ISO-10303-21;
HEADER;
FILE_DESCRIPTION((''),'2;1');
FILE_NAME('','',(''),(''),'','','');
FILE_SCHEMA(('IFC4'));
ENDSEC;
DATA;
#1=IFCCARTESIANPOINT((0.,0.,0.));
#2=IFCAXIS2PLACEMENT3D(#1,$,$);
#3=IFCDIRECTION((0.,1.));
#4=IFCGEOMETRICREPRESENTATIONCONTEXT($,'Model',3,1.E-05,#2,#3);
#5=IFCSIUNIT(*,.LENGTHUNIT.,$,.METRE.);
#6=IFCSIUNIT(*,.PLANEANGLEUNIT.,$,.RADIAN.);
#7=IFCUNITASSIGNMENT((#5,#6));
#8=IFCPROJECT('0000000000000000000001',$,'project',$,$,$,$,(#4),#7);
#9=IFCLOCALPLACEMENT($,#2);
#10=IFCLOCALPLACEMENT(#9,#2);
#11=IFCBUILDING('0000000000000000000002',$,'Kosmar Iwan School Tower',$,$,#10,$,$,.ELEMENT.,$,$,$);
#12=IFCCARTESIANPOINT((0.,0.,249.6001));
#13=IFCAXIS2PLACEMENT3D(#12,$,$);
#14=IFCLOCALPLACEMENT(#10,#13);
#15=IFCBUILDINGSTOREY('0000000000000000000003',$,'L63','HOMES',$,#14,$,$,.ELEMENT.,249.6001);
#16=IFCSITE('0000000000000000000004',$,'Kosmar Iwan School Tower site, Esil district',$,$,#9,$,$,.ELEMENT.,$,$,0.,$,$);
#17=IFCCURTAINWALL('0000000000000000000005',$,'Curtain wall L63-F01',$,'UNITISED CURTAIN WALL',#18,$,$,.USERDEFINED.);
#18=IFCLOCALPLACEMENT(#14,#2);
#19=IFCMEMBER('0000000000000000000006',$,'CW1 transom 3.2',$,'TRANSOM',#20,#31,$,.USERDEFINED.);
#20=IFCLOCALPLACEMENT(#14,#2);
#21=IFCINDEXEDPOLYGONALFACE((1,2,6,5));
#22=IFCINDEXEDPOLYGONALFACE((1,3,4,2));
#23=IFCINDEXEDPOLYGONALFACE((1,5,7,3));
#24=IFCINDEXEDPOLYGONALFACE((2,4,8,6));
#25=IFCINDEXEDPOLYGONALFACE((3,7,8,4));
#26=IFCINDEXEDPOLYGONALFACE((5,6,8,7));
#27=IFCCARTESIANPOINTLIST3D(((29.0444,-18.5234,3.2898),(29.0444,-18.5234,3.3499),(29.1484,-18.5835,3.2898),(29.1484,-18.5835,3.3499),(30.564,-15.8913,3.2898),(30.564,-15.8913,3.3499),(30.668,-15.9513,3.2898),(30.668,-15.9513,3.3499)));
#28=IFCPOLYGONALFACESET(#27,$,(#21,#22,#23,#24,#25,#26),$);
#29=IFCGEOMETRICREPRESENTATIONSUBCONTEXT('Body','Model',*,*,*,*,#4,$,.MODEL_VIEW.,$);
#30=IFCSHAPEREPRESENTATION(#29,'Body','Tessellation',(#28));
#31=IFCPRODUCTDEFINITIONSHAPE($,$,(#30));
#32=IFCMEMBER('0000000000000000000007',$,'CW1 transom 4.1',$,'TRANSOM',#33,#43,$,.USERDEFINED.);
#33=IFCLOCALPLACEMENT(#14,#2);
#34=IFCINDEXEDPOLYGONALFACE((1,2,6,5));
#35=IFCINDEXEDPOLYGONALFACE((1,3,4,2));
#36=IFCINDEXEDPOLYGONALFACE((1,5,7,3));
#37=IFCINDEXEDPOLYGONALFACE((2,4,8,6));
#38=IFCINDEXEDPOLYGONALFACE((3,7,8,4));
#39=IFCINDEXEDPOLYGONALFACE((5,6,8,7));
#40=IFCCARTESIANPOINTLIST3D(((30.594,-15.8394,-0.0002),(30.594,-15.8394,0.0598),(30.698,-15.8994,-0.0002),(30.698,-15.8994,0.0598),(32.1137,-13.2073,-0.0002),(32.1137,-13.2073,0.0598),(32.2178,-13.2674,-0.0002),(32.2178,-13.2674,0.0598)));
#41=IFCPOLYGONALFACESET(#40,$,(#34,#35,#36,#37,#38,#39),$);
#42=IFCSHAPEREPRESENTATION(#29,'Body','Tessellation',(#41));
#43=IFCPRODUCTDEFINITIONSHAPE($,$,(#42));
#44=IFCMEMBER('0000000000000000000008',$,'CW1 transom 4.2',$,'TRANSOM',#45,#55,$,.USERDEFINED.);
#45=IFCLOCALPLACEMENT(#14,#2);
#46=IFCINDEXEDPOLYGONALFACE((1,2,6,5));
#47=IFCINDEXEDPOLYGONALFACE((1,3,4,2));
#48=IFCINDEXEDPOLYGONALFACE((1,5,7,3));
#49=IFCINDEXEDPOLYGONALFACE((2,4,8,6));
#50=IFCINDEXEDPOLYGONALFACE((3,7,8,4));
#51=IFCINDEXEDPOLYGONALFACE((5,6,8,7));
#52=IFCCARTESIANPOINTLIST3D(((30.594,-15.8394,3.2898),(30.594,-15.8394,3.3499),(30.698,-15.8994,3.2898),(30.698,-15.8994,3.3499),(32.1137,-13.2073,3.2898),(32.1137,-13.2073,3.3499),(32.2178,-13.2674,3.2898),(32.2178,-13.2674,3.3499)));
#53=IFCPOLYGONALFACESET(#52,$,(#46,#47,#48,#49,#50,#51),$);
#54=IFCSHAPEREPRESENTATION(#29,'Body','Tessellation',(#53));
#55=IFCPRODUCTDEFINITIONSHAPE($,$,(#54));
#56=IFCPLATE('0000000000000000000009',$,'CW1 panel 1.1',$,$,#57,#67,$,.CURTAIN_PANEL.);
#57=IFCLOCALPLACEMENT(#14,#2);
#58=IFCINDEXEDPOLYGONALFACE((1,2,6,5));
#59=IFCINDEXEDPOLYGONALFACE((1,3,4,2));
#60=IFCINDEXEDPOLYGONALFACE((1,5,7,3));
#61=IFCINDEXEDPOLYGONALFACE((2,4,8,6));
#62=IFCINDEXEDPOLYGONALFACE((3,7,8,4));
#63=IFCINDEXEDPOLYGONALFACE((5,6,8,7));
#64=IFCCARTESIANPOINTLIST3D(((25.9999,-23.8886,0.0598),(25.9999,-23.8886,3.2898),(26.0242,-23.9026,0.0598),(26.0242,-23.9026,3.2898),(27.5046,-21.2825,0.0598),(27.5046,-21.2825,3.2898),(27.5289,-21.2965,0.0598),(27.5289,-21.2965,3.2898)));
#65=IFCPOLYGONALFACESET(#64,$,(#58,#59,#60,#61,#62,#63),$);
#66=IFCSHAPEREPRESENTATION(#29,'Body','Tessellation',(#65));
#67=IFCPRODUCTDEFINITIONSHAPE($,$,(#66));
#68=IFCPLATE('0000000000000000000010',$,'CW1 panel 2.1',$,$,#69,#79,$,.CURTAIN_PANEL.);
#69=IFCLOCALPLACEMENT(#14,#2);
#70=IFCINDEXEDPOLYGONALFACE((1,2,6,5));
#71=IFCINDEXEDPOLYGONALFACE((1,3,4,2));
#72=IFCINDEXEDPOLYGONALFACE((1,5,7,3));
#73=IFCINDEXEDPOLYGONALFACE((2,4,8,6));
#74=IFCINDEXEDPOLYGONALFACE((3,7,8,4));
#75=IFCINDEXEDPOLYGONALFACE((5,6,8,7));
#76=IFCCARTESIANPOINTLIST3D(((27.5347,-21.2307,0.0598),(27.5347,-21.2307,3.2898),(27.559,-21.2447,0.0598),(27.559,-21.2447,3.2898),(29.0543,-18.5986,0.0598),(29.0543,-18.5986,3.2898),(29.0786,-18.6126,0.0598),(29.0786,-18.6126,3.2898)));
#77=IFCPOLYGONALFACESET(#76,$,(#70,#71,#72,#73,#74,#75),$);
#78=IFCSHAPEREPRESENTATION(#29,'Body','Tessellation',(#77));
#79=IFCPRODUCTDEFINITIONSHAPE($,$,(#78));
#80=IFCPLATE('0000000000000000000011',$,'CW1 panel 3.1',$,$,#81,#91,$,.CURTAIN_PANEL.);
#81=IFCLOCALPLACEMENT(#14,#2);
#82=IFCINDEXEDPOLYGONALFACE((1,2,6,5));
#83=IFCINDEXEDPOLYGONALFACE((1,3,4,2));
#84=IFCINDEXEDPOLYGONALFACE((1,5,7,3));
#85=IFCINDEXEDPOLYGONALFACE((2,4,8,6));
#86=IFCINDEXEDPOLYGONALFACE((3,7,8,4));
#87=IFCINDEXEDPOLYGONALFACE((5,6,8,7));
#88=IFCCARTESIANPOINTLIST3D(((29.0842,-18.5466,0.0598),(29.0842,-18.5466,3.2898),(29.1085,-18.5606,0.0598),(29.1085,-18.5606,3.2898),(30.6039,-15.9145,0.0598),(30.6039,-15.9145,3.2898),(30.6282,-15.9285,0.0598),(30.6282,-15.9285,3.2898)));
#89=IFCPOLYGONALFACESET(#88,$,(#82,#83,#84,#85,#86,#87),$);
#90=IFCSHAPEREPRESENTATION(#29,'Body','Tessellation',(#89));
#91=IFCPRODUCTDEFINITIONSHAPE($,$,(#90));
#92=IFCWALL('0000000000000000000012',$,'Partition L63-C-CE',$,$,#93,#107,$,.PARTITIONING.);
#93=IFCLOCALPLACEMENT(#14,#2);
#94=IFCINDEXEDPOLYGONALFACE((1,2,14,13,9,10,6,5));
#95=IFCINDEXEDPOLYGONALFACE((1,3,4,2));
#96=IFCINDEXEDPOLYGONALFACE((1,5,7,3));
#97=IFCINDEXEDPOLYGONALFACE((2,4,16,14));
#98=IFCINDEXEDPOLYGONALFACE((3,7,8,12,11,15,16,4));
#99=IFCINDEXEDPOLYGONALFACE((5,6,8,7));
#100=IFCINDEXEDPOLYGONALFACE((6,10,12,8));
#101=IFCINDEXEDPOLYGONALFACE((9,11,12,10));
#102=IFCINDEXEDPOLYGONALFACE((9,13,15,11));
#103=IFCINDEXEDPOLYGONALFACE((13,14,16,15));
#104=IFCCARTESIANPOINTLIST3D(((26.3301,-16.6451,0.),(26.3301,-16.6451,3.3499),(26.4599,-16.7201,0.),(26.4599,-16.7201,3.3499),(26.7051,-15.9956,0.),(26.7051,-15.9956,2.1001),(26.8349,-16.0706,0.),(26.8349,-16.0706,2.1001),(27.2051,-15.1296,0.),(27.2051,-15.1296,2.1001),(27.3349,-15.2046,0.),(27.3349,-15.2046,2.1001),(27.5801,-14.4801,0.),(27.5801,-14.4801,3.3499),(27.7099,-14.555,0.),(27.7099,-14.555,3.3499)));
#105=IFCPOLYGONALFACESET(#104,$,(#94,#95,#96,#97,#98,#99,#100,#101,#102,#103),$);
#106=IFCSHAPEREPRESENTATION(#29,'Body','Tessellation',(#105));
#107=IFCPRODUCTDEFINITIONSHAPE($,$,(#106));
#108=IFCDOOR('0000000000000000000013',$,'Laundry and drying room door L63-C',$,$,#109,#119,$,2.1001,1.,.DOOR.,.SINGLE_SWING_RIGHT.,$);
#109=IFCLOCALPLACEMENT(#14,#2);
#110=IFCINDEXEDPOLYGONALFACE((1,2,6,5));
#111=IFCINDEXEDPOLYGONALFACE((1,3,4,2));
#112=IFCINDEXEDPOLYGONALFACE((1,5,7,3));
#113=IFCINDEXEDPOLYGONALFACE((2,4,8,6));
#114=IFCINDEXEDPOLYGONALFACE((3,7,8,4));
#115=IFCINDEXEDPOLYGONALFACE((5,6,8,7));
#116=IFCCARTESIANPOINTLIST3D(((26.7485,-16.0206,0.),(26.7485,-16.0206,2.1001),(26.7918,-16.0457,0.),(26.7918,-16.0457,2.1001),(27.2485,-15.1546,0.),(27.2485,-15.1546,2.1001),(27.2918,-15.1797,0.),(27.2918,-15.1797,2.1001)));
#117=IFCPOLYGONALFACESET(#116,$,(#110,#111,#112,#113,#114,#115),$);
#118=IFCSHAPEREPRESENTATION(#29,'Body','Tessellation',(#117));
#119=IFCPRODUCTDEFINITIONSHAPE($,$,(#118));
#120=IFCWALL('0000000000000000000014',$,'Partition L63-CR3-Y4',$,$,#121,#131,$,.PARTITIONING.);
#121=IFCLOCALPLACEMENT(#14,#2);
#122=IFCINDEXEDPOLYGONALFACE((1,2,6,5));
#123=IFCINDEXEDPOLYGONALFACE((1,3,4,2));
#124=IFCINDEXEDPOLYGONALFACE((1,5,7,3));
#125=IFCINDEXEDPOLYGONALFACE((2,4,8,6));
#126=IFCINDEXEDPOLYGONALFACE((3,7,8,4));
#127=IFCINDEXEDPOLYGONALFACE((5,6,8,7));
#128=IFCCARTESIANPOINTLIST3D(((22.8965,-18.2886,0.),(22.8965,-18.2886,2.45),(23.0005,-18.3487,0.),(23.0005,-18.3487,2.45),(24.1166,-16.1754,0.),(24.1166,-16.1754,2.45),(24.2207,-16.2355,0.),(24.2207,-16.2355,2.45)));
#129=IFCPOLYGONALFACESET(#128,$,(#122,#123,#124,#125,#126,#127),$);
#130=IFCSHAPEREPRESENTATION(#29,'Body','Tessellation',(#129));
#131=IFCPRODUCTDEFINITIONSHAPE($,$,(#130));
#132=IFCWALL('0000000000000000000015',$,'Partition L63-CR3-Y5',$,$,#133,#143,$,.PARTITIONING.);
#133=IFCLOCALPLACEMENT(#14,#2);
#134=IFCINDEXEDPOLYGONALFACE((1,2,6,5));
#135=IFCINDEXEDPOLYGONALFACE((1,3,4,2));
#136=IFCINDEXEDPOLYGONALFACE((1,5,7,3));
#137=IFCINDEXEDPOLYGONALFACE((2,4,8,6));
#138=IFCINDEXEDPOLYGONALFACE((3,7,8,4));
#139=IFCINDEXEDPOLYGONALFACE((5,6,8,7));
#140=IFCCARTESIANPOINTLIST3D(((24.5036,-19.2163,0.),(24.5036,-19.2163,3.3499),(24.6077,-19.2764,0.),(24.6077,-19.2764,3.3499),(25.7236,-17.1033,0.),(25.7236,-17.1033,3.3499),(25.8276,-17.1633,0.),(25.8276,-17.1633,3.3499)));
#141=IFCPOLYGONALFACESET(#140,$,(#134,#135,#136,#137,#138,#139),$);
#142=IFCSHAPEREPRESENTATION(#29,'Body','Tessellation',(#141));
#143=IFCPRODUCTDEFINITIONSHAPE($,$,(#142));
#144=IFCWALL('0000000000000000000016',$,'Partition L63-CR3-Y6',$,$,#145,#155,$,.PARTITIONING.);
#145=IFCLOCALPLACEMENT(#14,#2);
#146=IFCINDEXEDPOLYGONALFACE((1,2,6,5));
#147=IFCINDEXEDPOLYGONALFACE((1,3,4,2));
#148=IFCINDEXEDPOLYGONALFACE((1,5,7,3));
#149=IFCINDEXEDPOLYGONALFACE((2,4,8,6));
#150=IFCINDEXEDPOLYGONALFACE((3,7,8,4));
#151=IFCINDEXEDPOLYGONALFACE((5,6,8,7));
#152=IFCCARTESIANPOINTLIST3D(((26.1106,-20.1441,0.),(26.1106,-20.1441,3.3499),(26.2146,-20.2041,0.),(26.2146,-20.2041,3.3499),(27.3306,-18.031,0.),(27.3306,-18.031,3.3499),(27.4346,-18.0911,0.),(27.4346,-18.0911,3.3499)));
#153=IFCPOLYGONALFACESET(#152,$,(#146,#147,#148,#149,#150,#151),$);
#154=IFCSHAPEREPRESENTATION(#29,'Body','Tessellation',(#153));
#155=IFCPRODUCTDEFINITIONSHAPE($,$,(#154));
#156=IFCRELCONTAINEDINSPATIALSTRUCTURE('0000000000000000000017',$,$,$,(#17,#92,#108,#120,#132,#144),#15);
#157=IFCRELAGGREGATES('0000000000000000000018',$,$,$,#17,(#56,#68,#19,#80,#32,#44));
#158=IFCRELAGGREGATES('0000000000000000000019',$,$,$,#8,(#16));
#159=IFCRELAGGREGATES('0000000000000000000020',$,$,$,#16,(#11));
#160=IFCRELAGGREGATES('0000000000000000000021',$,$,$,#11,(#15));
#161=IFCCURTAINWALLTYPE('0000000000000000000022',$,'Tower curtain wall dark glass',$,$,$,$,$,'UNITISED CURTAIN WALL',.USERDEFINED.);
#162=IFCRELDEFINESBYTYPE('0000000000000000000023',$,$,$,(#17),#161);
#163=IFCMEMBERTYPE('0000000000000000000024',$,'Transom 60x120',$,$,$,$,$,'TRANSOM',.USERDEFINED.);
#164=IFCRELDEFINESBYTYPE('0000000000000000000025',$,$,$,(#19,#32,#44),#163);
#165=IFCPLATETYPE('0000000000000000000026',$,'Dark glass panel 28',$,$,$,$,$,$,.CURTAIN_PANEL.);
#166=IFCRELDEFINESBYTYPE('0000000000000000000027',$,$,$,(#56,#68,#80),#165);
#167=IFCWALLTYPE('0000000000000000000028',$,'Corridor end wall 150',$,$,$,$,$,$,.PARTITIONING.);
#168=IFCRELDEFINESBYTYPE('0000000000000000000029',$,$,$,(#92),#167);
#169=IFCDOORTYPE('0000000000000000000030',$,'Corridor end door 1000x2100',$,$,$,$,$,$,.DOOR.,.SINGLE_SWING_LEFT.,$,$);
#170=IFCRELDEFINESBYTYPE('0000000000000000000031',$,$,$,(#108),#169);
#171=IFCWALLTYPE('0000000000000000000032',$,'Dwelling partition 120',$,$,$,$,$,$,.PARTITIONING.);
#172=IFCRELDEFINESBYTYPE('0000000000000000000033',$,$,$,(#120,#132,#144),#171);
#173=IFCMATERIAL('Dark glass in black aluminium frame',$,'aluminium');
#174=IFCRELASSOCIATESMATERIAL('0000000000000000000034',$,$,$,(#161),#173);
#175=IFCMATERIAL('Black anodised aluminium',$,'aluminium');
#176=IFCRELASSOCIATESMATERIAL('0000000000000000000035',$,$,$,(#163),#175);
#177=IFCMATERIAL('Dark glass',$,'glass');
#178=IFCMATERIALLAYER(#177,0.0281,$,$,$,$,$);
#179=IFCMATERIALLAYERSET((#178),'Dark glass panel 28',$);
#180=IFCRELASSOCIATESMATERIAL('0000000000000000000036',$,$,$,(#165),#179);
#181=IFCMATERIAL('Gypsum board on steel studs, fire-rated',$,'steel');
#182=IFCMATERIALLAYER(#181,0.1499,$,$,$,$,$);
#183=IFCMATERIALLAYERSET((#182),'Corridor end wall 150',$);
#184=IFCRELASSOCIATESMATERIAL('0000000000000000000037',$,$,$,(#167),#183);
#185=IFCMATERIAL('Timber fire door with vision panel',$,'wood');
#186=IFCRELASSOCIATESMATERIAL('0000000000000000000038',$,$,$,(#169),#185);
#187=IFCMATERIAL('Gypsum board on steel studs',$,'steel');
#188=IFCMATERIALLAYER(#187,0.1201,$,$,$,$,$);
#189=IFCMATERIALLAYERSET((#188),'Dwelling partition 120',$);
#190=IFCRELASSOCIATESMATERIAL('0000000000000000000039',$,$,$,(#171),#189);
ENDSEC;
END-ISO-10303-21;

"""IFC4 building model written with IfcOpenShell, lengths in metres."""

from ifc_helpers import new_model, si_unit, direction, frame, frame_2d, origin, origin_2d, place, context, subcontext, project, spatial, rectangle, extrude, material, layer, layer_set, material_profile, profile_set, type_object, element, fill, aggregate, save


model = new_model("IFC4")

# Units and contexts
model_context = context("Model", 3, precision=1e-05, world=origin(), true_north=direction((0.0, 1.0)))
body_context = subcontext(model_context, "Body", "Model", "MODEL_VIEW")
ifc_project = project(units=[si_unit("LENGTHUNIT", "METRE"), si_unit("PLANEANGLEUNIT", "RADIAN")], contexts=[model_context])

# Site, building, storey
site_placement = place(None, origin())
site = spatial("IfcSite", under=ifc_project, at=site_placement, Name="Kosmar Iwan School Tower site, Esil district", CompositionType="ELEMENT", RefElevation=0.0)
building_placement = place(site_placement, origin())
building = spatial("IfcBuilding", under=site, at=building_placement, Name="Kosmar Iwan School Tower", CompositionType="ELEMENT")
storey_placement = place(building_placement, frame((0.0, 0.0, 249.6001)))
storey = spatial("IfcBuildingStorey", under=building, at=storey_placement, Name="L63", Description="HOMES", CompositionType="ELEMENT", Elevation=249.6001)

# Curtain wall
ifc_material_1 = material(Name="Dark glass in black aluminium frame", Category="aluminium")
curtain_wall_type_1 = type_object("IfcCurtainWallType", Name="Tower curtain wall dark glass", ElementType="UNITISED CURTAIN WALL", PredefinedType="USERDEFINED", material=ifc_material_1)
curtain_wall_1_placement = place(storey_placement, origin())
curtain_wall_1 = element("IfcCurtainWall", 1, at=curtain_wall_1_placement, inside=storey, type_object=curtain_wall_type_1, Name="Curtain wall L63-F01", ObjectType="UNITISED CURTAIN WALL", PredefinedType="USERDEFINED")

# Members
ifc_material_2 = material(Name="Black anodised aluminium", Category="aluminium")
ifc_material_profile_1 = material_profile(ifc_material_2, rectangle(XDim=0.1201, YDim=0.0601, at=origin_2d()), Name="TRANSOM 60x120")
ifc_profile_set_1 = profile_set([ifc_material_profile_1], Name="Black anodised aluminium")
member_type_1 = type_object("IfcMemberType", Name="Transom 60x120", ElementType="TRANSOM", PredefinedType="USERDEFINED", material=ifc_profile_set_1)
member_1_placement = place(storey_placement, frame((29.0964, -18.5535, 3.3198), z_axis=(0.499975, 0.86604, 0.0), x_axis=(-0.86604, 0.499975, 0.0)))
member_1 = element("IfcMember", 2, at=member_1_placement, type_object=member_type_1, Name="CW1 transom 3.2", ObjectType="TRANSOM", PredefinedType="USERDEFINED", context=body_context, shape_type="SweptSolid", body=[
    extrude(rectangle(XDim=0.1201, YDim=0.0601, at=origin_2d()), origin(), (0.0, 0.0, 1.0), 3.0393),
])
member_2_placement = place(storey_placement, frame((30.646, -15.8694, 0.0298), z_axis=(0.500035, 0.866005, 0.0), x_axis=(-0.866005, 0.500035, 0.0)))
member_2 = element("IfcMember", 3, at=member_2_placement, type_object=member_type_1, Name="CW1 transom 4.1", ObjectType="TRANSOM", PredefinedType="USERDEFINED", context=body_context, shape_type="SweptSolid", body=[
    extrude(rectangle(XDim=0.1201, YDim=0.0601, at=origin_2d()), origin(), (0.0, 0.0, 1.0), 3.0393),
])
member_3_placement = place(storey_placement, frame((30.646, -15.8694, 3.3198), z_axis=(0.500035, 0.866005, 0.0), x_axis=(-0.866005, 0.500035, 0.0)))
member_3 = element("IfcMember", 4, at=member_3_placement, type_object=member_type_1, Name="CW1 transom 4.2", ObjectType="TRANSOM", PredefinedType="USERDEFINED", context=body_context, shape_type="SweptSolid", body=[
    extrude(rectangle(XDim=0.1201, YDim=0.0601, at=origin_2d()), origin(), (0.0, 0.0, 1.0), 3.0393),
])

# Plates
ifc_material_3 = material(Name="Dark glass", Category="glass")
ifc_layer_1 = layer(ifc_material_3, 0.0281)
ifc_layer_set_1 = layer_set([ifc_layer_1], Name="Dark glass panel 28")
plate_type = type_object("IfcPlateType", Name="Dark glass panel 28", PredefinedType="CURTAIN_PANEL", material=ifc_layer_set_1)
plate_1_placement = place(storey_placement, frame((26.7644, -22.5925, 0.0598), z_axis=(0.0, 0.0, 1.0), x_axis=(0.5, 0.866025, 0.0)))
plate_1 = element("IfcPlate", 5, at=plate_1_placement, type_object=plate_type, Name="CW1 panel 1.1", PredefinedType="CURTAIN_PANEL", context=body_context, shape_type="SweptSolid", body=[
    extrude(rectangle(XDim=3.0093, YDim=0.0281, at=origin_2d()), origin(), (0.0, 0.0, 1.0), 3.23),
])
plate_2_placement = place(storey_placement, frame((28.3066, -19.9216, 0.0598), z_axis=(0.0, 0.0, 1.0), x_axis=(0.5, 0.866025, 0.0)))
plate_2 = element("IfcPlate", 6, at=plate_2_placement, type_object=plate_type, Name="CW1 panel 2.1", PredefinedType="CURTAIN_PANEL", context=body_context, shape_type="SweptSolid", body=[
    extrude(rectangle(XDim=3.0393, YDim=0.0281, at=origin_2d()), origin(), (0.0, 0.0, 1.0), 3.23),
])
plate_3_placement = place(storey_placement, frame((29.8562, -17.2375, 0.0598), z_axis=(0.0, 0.0, 1.0), x_axis=(0.5, 0.866025, 0.0)))
plate_3 = element("IfcPlate", 7, at=plate_3_placement, type_object=plate_type, Name="CW1 panel 3.1", PredefinedType="CURTAIN_PANEL", context=body_context, shape_type="SweptSolid", body=[
    extrude(rectangle(XDim=3.0393, YDim=0.0281, at=origin_2d()), origin(), (0.0, 0.0, 1.0), 3.23),
])
aggregate(curtain_wall_1, [plate_1, plate_2, member_1, plate_3, member_2, member_3])

# Wall, opening, door
ifc_material_4 = material(Name="Gypsum board on steel studs, fire-rated", Category="steel")
ifc_layer_2 = layer(ifc_material_4, 0.1499)
ifc_layer_set_2 = layer_set([ifc_layer_2], Name="Corridor end wall 150")
wall_type_1 = type_object("IfcWallType", Name="Corridor end wall 150", PredefinedType="PARTITIONING", material=ifc_layer_set_2)
wall_1_placement = place(storey_placement, frame((26.395, -16.6826, 0.0), z_axis=(0.0, 0.0, 1.0), x_axis=(0.500004, 0.866023, 0.0)))
wall_1 = element("IfcWall", 8, at=wall_1_placement, inside=storey, type_object=wall_type_1, Name="Partition L63-C-CE", PredefinedType="PARTITIONING", context=body_context, shape_type="SweptSolid", body=[
    extrude(rectangle(XDim=2.5, YDim=0.1499, at=frame_2d((1.25, 0.0))), origin(), (0.0, 0.0, 1.0), 3.3499),
])
opening_placement = place(wall_1_placement, frame((0.75, 0.0, 0.0)))
opening = element("IfcOpeningElement", 9, at=opening_placement, cuts=wall_1, PredefinedType="OPENING", context=body_context, shape_type="SweptSolid", body=[
    extrude(rectangle(XDim=1.0, YDim=2.1001, at=frame_2d((0.5, 1.05))), frame((0.0, 0.0869, 0.0), z_axis=(0.0, -1.0, 0.0), x_axis=(1.0, 0.0, 0.0)), (0.0, 0.0, 1.0), 0.1738),
])
ifc_material_5 = material(Name="Timber fire door with vision panel", Category="wood")
door_type = type_object("IfcDoorType", Name="Corridor end door 1000x2100", OperationType="SINGLE_SWING_LEFT", PredefinedType="DOOR", material=ifc_material_5)
door_placement = place(opening_placement, origin())
door = element("IfcDoor", 10, at=door_placement, inside=storey, type_object=door_type, Name="Laundry and drying room door L63-C", OperationType="SINGLE_SWING_RIGHT", OverallHeight=2.1001, OverallWidth=1.0, PredefinedType="DOOR", context=body_context, shape_type="SweptSolid", body=[
    extrude(rectangle(XDim=1.0, YDim=2.1001, at=frame_2d((0.5, 1.05))), frame((0.0, 0.0249, 0.0), z_axis=(0.0, -1.0, 0.0), x_axis=(1.0, 0.0, 0.0)), (0.0, 0.0, 1.0), 0.05),
])
fill(opening, door)

# Walls
ifc_material_6 = material(Name="Gypsum board on steel studs", Category="steel")
ifc_layer_3 = layer(ifc_material_6, 0.1201)
ifc_layer_set_3 = layer_set([ifc_layer_3], Name="Dwelling partition 120")
wall_type_2 = type_object("IfcWallType", Name="Dwelling partition 120", PredefinedType="PARTITIONING", material=ifc_layer_set_3)
wall_2_placement = place(storey_placement, frame((24.1687, -16.2053, 0.0), z_axis=(0.0, 0.0, 1.0), x_axis=(-0.500034, -0.866006, 0.0)))
element("IfcWall", 11, at=wall_2_placement, inside=storey, type_object=wall_type_2, Name="Partition L63-CR3-Y4", PredefinedType="PARTITIONING", context=body_context, shape_type="SweptSolid", body=[
    extrude(rectangle(XDim=2.4402, YDim=0.1201, at=frame_2d((1.2202, 0.0))), origin(), (0.0, 0.0, 1.0), 2.45),
])
for number, where, z_axis, x_axis, name in (
    (12, (25.7756, -17.1333, 0.0), (0.0, 0.0, 1.0), (-0.500003, -0.866024, 0.0), "Partition L63-CR3-Y5"),
    (13, (27.3826, -18.061, 0.0), (0.0, 0.0, 1.0), (-0.500003, -0.866024, 0.0), "Partition L63-CR3-Y6"),
):
    element("IfcWall", number, at=place(storey_placement, frame(where, z_axis=z_axis, x_axis=x_axis)), inside=storey, type_object=wall_type_2, Name=name, PredefinedType="PARTITIONING", context=body_context, shape_type="SweptSolid", body=[
        extrude(rectangle(XDim=2.4399, YDim=0.1201, at=frame_2d((1.22, 0.0))), origin(), (0.0, 0.0, 1.0), 3.3499),
    ])

save(model, "model.ifc")
